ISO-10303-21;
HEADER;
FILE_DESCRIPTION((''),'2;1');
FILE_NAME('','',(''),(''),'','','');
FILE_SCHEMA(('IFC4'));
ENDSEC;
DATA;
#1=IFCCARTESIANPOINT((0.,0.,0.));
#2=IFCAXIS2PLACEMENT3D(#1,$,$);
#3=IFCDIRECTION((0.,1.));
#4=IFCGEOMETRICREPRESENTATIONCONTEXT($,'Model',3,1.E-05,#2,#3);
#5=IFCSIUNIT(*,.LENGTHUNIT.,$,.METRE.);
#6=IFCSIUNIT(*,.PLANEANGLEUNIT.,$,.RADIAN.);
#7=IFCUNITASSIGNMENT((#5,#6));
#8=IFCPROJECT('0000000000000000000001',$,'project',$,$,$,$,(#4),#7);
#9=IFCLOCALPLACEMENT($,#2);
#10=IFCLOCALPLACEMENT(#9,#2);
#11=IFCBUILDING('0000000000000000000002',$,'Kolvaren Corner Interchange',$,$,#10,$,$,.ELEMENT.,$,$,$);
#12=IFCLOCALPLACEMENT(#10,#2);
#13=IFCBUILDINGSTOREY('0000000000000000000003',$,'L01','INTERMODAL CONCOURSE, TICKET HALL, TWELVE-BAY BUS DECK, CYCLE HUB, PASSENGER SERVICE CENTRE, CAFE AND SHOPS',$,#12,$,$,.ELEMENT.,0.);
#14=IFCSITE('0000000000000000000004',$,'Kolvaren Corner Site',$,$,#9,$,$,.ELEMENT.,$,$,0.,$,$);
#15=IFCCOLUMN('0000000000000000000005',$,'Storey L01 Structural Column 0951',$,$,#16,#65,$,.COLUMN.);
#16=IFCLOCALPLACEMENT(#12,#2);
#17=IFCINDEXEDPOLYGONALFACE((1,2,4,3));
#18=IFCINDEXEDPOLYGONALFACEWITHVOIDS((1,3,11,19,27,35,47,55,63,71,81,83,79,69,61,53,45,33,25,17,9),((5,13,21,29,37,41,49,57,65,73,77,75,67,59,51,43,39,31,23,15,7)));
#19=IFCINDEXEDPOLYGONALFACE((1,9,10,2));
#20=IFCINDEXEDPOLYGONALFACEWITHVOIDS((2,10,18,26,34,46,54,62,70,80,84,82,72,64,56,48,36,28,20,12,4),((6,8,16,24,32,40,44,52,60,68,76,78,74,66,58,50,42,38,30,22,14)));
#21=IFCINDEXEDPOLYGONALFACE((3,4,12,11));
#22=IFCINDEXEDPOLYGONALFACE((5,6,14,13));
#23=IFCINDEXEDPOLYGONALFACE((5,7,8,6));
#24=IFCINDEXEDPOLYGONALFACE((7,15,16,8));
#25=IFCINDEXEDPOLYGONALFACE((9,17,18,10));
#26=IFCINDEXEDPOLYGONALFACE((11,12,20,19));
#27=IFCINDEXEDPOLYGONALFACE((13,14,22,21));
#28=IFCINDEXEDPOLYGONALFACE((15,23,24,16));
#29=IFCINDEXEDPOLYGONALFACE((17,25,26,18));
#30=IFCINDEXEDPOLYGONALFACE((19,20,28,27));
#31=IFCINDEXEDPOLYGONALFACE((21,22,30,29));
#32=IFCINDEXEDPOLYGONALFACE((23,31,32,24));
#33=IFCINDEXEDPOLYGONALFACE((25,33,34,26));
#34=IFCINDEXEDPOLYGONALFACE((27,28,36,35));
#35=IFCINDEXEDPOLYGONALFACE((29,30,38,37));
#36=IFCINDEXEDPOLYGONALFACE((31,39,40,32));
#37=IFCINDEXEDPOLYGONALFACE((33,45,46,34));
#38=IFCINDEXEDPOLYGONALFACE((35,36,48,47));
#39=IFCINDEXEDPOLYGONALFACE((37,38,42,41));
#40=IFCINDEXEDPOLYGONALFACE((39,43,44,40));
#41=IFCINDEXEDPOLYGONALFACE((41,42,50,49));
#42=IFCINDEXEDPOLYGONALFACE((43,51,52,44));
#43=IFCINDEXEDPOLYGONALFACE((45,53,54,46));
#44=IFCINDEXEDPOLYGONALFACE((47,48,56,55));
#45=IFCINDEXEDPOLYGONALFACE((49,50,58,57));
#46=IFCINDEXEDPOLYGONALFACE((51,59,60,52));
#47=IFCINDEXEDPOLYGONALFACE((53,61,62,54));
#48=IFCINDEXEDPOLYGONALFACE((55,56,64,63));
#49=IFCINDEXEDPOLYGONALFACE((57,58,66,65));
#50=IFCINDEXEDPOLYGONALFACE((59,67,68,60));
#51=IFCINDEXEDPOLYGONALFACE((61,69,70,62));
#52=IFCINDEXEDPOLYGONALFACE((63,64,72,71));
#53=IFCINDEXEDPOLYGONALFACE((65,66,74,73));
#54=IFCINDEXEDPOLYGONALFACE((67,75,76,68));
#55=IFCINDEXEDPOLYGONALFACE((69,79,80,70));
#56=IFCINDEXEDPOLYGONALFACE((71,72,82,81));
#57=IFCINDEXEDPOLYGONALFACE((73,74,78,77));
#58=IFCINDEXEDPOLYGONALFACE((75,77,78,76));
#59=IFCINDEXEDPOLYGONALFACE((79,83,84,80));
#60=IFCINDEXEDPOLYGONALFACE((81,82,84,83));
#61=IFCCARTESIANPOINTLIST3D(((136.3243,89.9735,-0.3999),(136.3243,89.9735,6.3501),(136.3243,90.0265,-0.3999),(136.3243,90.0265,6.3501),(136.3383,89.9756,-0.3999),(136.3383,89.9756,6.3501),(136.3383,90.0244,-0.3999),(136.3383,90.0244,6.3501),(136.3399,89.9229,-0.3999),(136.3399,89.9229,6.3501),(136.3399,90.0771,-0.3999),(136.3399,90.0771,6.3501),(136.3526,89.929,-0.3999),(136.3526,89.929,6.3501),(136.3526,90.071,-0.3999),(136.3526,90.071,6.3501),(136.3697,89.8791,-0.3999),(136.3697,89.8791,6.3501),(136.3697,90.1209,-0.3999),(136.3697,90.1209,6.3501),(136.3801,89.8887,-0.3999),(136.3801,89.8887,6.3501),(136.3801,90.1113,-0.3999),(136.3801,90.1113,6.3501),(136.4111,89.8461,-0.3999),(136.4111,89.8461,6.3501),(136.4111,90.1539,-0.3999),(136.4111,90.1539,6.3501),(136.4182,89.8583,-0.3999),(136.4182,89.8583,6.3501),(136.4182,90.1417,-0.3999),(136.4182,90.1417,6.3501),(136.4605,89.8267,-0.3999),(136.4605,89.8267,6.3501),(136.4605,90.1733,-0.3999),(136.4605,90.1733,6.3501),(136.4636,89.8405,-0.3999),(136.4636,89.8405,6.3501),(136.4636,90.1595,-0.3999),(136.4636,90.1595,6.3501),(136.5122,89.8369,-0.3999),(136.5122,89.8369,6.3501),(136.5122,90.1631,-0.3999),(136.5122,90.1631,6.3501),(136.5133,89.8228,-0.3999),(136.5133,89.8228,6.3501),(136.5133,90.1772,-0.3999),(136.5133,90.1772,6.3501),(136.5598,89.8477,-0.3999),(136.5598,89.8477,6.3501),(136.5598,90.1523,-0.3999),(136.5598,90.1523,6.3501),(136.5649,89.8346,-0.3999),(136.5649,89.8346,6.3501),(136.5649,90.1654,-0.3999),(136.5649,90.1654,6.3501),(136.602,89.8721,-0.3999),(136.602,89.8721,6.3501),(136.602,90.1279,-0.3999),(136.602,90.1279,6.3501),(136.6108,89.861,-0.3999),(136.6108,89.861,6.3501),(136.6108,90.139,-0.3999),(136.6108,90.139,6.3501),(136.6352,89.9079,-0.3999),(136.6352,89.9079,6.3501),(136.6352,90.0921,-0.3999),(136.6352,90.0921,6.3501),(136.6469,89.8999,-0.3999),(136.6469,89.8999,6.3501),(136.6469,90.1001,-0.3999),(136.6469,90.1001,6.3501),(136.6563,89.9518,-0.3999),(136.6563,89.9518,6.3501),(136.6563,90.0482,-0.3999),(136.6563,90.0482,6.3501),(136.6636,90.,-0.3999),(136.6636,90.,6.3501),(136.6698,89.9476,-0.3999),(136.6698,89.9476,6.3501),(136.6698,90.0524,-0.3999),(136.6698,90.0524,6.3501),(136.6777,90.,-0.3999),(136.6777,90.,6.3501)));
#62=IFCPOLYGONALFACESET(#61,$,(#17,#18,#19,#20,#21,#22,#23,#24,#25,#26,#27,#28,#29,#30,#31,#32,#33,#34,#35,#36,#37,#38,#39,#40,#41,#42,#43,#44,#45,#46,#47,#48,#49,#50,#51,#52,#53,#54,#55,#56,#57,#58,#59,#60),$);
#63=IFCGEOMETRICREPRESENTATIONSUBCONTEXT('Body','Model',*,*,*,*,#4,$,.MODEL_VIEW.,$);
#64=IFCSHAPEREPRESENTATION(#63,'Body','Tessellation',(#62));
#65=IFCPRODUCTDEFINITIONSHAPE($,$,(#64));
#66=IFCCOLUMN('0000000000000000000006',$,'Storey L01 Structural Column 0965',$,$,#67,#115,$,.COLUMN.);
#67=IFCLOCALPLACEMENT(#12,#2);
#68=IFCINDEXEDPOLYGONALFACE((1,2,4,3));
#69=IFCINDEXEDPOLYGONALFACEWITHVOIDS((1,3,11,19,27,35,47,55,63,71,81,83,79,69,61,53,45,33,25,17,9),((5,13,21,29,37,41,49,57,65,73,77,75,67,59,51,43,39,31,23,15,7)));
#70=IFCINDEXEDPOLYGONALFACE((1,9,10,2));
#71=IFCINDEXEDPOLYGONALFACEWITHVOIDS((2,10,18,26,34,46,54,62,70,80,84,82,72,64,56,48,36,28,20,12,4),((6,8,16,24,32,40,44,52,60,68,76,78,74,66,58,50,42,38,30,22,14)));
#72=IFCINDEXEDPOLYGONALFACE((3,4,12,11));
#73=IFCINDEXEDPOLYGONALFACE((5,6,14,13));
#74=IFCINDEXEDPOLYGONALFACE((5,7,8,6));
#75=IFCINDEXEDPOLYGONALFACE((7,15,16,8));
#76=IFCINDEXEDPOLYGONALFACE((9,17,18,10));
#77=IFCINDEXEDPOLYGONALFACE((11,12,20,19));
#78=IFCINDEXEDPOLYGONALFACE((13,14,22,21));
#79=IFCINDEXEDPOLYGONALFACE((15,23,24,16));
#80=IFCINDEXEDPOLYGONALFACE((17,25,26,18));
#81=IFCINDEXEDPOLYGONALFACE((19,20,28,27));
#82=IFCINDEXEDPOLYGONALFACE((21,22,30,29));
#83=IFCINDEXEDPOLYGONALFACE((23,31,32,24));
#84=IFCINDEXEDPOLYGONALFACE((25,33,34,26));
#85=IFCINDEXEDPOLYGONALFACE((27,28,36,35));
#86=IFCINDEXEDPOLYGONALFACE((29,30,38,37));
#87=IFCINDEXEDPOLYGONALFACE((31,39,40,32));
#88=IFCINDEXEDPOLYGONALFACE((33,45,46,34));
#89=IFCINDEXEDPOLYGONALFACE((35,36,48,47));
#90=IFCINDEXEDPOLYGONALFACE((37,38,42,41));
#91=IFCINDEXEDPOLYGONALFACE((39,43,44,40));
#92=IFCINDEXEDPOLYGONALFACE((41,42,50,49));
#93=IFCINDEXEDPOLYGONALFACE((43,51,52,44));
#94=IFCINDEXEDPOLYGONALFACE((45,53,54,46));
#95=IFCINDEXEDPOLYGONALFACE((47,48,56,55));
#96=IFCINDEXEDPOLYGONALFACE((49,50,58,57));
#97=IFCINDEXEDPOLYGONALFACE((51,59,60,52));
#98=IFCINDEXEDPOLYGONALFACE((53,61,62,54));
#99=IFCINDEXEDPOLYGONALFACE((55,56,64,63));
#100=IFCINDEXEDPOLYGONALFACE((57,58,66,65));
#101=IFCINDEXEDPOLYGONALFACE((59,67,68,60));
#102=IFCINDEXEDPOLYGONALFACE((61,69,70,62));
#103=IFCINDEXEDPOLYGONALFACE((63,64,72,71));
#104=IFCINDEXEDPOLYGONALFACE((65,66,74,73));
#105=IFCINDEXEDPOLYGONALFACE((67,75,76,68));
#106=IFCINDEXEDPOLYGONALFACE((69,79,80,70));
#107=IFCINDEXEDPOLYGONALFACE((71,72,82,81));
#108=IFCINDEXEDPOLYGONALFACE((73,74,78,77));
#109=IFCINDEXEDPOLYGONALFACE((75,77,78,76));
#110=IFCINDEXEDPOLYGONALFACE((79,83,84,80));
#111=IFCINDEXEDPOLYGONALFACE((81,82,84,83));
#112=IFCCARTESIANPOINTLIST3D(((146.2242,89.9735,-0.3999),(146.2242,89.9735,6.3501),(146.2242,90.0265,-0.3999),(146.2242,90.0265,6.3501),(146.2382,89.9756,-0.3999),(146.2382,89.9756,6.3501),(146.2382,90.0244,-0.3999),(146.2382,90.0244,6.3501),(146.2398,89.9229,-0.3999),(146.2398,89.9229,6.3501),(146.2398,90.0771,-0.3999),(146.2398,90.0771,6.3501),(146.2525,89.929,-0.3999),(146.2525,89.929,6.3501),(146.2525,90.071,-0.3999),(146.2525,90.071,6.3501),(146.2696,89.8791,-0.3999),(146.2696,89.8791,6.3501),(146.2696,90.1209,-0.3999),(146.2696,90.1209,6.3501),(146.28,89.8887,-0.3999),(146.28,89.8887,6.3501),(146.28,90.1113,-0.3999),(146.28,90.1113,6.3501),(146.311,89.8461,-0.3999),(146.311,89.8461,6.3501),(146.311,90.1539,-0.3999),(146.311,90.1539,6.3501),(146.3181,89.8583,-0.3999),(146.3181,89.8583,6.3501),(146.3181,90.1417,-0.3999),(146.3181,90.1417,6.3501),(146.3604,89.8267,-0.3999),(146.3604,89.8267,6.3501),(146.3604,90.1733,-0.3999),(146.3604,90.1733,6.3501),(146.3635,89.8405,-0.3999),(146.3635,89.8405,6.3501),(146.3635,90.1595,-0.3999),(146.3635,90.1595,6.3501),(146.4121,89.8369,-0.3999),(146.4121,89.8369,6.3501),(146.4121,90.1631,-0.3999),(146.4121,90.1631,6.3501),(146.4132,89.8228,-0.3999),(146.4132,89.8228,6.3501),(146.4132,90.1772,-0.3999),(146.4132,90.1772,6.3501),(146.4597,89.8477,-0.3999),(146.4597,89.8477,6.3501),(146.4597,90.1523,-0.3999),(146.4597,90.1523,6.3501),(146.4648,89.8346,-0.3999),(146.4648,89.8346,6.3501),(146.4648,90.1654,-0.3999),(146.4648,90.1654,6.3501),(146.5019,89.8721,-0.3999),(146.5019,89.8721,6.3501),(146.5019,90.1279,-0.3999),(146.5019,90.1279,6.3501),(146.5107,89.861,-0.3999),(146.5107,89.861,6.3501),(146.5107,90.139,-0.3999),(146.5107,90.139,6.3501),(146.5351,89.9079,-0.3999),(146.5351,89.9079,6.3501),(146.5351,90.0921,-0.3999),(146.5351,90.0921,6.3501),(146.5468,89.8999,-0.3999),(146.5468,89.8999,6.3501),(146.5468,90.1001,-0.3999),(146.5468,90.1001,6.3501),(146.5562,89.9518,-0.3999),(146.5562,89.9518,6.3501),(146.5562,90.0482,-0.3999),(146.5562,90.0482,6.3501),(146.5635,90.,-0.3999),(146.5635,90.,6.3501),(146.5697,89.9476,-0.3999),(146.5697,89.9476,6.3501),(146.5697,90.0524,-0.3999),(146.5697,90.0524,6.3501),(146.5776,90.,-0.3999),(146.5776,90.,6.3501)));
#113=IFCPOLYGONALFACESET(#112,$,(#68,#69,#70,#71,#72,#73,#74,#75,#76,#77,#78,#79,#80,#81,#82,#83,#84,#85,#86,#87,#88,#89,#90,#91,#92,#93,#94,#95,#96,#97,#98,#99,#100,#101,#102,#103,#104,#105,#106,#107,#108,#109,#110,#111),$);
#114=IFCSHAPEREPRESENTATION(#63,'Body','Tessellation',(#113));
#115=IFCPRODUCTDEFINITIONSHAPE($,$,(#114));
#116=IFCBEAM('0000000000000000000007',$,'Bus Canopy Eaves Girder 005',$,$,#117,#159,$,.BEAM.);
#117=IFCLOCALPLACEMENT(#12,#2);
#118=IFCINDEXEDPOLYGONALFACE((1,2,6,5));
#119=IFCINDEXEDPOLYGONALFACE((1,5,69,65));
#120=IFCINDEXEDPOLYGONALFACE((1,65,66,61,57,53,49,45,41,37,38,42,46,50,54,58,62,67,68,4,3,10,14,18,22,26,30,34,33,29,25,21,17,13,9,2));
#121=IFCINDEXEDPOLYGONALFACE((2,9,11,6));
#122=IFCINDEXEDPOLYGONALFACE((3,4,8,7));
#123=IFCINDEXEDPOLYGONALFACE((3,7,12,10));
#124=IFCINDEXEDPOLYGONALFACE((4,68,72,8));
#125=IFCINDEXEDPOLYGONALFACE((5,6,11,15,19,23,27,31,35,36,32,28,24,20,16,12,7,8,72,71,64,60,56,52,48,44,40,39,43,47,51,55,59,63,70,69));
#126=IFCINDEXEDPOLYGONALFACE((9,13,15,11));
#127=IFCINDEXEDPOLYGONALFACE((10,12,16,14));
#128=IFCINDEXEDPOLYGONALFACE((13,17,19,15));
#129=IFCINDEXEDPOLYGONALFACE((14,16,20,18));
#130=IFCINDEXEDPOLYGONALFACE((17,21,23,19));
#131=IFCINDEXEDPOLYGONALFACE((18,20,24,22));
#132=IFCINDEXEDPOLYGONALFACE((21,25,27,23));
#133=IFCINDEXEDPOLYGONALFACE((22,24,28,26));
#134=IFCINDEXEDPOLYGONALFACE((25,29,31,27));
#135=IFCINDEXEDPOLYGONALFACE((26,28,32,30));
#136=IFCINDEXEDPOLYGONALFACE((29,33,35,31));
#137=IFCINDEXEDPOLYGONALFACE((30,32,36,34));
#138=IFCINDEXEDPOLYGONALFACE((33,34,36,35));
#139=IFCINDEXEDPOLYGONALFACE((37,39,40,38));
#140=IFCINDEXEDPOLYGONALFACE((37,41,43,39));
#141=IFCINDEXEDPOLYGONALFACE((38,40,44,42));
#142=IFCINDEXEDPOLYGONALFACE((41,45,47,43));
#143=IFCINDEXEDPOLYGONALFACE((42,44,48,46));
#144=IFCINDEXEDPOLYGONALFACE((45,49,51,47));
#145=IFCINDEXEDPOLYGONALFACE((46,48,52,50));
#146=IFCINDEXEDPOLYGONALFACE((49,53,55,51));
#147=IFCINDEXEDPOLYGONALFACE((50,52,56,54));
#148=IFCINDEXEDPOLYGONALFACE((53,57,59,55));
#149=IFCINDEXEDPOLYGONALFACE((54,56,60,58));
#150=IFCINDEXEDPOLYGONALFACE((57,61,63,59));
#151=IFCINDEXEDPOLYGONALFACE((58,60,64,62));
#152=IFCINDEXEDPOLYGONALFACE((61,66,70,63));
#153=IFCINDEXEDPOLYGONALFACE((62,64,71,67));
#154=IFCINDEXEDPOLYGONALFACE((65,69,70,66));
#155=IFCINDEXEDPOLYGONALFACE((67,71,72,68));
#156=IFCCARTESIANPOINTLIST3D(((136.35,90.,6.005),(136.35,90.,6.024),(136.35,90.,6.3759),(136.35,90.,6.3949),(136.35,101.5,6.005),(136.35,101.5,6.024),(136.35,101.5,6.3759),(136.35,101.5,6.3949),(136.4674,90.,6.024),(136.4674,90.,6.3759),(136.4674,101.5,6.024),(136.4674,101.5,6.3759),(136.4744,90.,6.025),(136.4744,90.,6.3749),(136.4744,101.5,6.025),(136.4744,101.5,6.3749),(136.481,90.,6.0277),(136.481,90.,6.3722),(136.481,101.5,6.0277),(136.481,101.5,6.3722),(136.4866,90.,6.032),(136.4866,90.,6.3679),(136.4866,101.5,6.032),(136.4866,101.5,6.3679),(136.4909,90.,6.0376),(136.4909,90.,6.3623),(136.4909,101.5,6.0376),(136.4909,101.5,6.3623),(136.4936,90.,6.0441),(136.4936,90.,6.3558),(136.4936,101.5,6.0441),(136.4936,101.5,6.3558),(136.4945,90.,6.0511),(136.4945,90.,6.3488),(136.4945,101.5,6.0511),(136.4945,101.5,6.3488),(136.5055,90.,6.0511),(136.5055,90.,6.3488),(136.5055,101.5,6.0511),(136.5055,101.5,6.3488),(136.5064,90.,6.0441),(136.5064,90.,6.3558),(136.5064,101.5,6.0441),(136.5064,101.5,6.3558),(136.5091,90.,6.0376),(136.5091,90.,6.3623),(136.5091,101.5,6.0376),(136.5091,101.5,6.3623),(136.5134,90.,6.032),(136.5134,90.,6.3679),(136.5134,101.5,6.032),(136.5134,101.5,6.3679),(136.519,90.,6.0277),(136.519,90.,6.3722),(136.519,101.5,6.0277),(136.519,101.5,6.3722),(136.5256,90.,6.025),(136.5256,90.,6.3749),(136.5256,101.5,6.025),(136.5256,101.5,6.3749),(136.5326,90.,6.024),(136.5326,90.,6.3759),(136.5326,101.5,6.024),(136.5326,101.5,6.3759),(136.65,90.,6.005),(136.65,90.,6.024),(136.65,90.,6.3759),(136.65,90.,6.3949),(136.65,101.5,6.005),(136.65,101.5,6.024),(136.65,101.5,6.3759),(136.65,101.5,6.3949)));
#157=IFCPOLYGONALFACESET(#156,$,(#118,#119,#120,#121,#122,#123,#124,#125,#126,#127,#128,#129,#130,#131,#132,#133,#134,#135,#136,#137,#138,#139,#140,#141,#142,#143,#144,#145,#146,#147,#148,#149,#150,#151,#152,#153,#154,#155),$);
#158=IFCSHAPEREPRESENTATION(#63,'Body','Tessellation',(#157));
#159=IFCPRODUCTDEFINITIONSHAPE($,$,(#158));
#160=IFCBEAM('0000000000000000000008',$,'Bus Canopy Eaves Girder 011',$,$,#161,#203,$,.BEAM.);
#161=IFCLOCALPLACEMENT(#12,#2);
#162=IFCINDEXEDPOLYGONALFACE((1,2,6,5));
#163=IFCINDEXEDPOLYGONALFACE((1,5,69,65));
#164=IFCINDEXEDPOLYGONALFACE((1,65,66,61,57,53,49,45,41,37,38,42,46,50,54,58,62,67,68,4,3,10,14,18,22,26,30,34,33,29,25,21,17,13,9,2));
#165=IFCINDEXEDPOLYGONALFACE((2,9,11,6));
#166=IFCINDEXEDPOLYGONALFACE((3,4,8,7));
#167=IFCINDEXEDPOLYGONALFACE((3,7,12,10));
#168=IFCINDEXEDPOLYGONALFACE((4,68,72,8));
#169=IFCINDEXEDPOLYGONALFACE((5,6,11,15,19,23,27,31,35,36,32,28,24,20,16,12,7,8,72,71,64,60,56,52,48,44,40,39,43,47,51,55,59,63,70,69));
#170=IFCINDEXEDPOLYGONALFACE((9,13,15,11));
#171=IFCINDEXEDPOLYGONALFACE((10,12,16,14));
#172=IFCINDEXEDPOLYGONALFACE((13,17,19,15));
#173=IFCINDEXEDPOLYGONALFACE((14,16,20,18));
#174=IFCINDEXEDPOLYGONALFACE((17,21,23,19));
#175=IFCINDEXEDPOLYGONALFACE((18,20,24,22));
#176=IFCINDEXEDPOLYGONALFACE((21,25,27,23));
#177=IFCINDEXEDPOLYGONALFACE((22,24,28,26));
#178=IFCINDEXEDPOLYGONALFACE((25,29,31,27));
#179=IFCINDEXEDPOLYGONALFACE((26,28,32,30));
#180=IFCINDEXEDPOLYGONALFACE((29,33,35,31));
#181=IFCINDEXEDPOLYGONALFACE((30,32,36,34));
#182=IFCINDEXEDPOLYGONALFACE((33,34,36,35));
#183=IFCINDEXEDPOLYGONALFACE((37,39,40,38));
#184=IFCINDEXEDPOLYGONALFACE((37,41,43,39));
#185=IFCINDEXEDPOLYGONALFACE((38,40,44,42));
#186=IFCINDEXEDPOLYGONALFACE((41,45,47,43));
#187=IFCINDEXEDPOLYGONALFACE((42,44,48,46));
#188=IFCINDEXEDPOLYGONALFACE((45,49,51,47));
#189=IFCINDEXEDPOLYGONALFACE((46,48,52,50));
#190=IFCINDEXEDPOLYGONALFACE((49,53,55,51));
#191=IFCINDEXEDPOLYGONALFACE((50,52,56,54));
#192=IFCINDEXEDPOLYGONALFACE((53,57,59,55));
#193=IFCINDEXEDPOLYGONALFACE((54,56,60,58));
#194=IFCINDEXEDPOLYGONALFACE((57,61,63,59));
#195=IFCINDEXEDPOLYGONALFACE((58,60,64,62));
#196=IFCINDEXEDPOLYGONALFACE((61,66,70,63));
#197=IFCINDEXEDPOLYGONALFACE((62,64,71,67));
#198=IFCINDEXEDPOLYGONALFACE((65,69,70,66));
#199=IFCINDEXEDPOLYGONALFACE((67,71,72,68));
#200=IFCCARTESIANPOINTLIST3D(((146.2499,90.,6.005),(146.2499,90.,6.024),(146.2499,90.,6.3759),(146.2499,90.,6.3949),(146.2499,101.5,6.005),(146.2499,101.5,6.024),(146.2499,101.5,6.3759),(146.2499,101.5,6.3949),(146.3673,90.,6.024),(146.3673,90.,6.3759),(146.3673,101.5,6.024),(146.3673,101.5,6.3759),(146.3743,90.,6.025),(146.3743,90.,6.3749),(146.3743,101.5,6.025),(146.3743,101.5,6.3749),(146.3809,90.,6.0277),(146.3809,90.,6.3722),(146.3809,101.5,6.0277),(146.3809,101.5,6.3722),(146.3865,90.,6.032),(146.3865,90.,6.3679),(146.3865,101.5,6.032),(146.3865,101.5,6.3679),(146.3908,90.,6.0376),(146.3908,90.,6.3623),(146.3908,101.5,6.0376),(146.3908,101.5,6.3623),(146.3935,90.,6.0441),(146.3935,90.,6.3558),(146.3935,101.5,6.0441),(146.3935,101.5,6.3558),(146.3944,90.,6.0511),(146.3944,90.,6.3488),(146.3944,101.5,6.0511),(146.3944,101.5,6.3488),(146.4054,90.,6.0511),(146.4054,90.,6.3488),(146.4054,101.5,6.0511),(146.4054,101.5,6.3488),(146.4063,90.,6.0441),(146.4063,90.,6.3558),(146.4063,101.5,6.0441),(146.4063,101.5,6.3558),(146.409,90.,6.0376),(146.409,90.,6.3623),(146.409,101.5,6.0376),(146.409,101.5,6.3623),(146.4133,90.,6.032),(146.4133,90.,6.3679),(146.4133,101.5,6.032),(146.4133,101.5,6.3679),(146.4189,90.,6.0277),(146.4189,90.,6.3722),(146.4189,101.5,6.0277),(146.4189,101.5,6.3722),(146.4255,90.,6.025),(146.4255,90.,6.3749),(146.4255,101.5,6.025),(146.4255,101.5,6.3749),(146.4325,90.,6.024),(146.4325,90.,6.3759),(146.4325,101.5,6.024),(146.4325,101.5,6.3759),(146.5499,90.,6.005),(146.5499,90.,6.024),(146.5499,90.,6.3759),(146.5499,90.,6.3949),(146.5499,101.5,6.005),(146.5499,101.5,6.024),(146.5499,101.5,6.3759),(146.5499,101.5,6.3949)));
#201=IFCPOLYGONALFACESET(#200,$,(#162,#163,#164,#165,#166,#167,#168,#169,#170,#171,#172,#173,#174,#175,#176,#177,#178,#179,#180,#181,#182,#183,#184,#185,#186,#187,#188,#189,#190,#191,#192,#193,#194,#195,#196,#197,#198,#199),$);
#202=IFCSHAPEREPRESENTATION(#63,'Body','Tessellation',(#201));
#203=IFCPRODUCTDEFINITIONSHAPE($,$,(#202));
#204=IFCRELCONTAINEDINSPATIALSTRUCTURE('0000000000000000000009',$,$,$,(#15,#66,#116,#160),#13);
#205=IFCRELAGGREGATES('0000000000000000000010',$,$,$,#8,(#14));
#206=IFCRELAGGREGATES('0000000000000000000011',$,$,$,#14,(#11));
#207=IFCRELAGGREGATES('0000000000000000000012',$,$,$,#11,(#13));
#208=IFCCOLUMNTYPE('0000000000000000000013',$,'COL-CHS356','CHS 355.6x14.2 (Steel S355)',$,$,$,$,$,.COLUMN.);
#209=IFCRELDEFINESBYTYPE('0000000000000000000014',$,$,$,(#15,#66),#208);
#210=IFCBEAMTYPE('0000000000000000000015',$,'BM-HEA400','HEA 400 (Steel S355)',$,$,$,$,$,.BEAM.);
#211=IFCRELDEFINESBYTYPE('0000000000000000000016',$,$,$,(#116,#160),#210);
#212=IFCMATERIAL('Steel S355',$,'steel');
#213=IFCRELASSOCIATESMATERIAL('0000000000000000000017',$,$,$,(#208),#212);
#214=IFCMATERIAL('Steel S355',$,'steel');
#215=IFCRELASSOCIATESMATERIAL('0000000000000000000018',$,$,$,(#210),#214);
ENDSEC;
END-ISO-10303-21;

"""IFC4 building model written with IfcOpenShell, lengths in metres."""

from ifc_helpers import new_model, si_unit, direction, frame, origin, origin_2d, place, context, subcontext, project, spatial, hollow_circle, i_section, extrude, material, material_profile, profile_set, type_object, element, save


model = new_model("IFC4")

# Units and contexts
model_context = context("Model", 3, precision=1e-05, world=origin(), true_north=direction((0.0, 1.0)))
body_context = subcontext(model_context, "Body", "Model", "MODEL_VIEW")
ifc_project = project(units=[si_unit("LENGTHUNIT", "METRE"), si_unit("PLANEANGLEUNIT", "RADIAN")], contexts=[model_context])

# Site, building, storey
site_placement = place(None, origin())
site = spatial("IfcSite", under=ifc_project, at=site_placement, Name="Kolvaren Corner Site", CompositionType="ELEMENT", RefElevation=0.0)
building_placement = place(site_placement, origin())
building = spatial("IfcBuilding", under=site, at=building_placement, Name="Kolvaren Corner Interchange", CompositionType="ELEMENT")
storey_placement = place(building_placement, origin())
storey = spatial("IfcBuildingStorey", under=building, at=storey_placement, Name="L01", Description="INTERMODAL CONCOURSE, TICKET HALL, TWELVE-BAY BUS DECK, CYCLE HUB, PASSENGER SERVICE CENTRE, CAFE AND SHOPS", CompositionType="ELEMENT", Elevation=0.0)

# Columns
ifc_material_1 = material(Name="Steel S355", Category="steel")
ifc_material_profile_1 = material_profile(ifc_material_1, hollow_circle(Radius=0.1777, WallThickness=0.0142, at=origin_2d()), Name="CHS 355.6x14.2")
ifc_profile_set_1 = profile_set([ifc_material_profile_1], Name="Steel S355")
column_type = type_object("IfcColumnType", Name="COL-CHS356", Description="CHS 355.6x14.2 (Steel S355)", PredefinedType="COLUMN", material=ifc_profile_set_1)
for number, where, z_axis, x_axis, name in (
    (1, (136.5, 90.0, -0.3999), (0.0, 0.0, 1.0), (1.0, 0.0, 0.0), "Storey L01 Structural Column 0951"),
    (2, (146.3999, 90.0, -0.3999), (0.0, 0.0, 1.0), (1.0, 0.0, 0.0), "Storey L01 Structural Column 0965"),
):
    element("IfcColumn", number, at=place(storey_placement, frame(where, z_axis=z_axis, x_axis=x_axis)), inside=storey, type_object=column_type, Name=name, PredefinedType="COLUMN", context=body_context, shape_type="SweptSolid", body=[
        extrude(hollow_circle(Radius=0.1777, WallThickness=0.0142, at=origin_2d()), origin(), (0.0, 0.0, 1.0), 6.75),
    ])

# Beams
ifc_material_2 = material(Name="Steel S355", Category="steel")
ifc_material_profile_2 = material_profile(ifc_material_2, i_section(OverallWidth=0.3, OverallDepth=0.3899, WebThickness=0.011, FlangeThickness=0.019, FilletRadius=0.0271, at=origin_2d()), Name="HEA 400")
ifc_profile_set_2 = profile_set([ifc_material_profile_2], Name="Steel S355")
beam_type = type_object("IfcBeamType", Name="BM-HEA400", Description="HEA 400 (Steel S355)", PredefinedType="BEAM", material=ifc_profile_set_2)
for number, where, z_axis, x_axis, name in (
    (3, (136.5, 90.0, 6.2), (0.0, 1.0, 0.0), (-1.0, 0.0, 0.0), "Bus Canopy Eaves Girder 005"),
    (4, (146.3999, 90.0, 6.2), (0.0, 1.0, 0.0), (-1.0, 0.0, 0.0), "Bus Canopy Eaves Girder 011"),
):
    element("IfcBeam", number, at=place(storey_placement, frame(where, z_axis=z_axis, x_axis=x_axis)), inside=storey, type_object=beam_type, Name=name, PredefinedType="BEAM", context=body_context, shape_type="SweptSolid", body=[
        extrude(i_section(OverallWidth=0.3, OverallDepth=0.3899, WebThickness=0.011, FlangeThickness=0.019, FilletRadius=0.0271, at=origin_2d()), origin(), (0.0, 0.0, 1.0), 11.5),
    ])

save(model, "model.ifc")
